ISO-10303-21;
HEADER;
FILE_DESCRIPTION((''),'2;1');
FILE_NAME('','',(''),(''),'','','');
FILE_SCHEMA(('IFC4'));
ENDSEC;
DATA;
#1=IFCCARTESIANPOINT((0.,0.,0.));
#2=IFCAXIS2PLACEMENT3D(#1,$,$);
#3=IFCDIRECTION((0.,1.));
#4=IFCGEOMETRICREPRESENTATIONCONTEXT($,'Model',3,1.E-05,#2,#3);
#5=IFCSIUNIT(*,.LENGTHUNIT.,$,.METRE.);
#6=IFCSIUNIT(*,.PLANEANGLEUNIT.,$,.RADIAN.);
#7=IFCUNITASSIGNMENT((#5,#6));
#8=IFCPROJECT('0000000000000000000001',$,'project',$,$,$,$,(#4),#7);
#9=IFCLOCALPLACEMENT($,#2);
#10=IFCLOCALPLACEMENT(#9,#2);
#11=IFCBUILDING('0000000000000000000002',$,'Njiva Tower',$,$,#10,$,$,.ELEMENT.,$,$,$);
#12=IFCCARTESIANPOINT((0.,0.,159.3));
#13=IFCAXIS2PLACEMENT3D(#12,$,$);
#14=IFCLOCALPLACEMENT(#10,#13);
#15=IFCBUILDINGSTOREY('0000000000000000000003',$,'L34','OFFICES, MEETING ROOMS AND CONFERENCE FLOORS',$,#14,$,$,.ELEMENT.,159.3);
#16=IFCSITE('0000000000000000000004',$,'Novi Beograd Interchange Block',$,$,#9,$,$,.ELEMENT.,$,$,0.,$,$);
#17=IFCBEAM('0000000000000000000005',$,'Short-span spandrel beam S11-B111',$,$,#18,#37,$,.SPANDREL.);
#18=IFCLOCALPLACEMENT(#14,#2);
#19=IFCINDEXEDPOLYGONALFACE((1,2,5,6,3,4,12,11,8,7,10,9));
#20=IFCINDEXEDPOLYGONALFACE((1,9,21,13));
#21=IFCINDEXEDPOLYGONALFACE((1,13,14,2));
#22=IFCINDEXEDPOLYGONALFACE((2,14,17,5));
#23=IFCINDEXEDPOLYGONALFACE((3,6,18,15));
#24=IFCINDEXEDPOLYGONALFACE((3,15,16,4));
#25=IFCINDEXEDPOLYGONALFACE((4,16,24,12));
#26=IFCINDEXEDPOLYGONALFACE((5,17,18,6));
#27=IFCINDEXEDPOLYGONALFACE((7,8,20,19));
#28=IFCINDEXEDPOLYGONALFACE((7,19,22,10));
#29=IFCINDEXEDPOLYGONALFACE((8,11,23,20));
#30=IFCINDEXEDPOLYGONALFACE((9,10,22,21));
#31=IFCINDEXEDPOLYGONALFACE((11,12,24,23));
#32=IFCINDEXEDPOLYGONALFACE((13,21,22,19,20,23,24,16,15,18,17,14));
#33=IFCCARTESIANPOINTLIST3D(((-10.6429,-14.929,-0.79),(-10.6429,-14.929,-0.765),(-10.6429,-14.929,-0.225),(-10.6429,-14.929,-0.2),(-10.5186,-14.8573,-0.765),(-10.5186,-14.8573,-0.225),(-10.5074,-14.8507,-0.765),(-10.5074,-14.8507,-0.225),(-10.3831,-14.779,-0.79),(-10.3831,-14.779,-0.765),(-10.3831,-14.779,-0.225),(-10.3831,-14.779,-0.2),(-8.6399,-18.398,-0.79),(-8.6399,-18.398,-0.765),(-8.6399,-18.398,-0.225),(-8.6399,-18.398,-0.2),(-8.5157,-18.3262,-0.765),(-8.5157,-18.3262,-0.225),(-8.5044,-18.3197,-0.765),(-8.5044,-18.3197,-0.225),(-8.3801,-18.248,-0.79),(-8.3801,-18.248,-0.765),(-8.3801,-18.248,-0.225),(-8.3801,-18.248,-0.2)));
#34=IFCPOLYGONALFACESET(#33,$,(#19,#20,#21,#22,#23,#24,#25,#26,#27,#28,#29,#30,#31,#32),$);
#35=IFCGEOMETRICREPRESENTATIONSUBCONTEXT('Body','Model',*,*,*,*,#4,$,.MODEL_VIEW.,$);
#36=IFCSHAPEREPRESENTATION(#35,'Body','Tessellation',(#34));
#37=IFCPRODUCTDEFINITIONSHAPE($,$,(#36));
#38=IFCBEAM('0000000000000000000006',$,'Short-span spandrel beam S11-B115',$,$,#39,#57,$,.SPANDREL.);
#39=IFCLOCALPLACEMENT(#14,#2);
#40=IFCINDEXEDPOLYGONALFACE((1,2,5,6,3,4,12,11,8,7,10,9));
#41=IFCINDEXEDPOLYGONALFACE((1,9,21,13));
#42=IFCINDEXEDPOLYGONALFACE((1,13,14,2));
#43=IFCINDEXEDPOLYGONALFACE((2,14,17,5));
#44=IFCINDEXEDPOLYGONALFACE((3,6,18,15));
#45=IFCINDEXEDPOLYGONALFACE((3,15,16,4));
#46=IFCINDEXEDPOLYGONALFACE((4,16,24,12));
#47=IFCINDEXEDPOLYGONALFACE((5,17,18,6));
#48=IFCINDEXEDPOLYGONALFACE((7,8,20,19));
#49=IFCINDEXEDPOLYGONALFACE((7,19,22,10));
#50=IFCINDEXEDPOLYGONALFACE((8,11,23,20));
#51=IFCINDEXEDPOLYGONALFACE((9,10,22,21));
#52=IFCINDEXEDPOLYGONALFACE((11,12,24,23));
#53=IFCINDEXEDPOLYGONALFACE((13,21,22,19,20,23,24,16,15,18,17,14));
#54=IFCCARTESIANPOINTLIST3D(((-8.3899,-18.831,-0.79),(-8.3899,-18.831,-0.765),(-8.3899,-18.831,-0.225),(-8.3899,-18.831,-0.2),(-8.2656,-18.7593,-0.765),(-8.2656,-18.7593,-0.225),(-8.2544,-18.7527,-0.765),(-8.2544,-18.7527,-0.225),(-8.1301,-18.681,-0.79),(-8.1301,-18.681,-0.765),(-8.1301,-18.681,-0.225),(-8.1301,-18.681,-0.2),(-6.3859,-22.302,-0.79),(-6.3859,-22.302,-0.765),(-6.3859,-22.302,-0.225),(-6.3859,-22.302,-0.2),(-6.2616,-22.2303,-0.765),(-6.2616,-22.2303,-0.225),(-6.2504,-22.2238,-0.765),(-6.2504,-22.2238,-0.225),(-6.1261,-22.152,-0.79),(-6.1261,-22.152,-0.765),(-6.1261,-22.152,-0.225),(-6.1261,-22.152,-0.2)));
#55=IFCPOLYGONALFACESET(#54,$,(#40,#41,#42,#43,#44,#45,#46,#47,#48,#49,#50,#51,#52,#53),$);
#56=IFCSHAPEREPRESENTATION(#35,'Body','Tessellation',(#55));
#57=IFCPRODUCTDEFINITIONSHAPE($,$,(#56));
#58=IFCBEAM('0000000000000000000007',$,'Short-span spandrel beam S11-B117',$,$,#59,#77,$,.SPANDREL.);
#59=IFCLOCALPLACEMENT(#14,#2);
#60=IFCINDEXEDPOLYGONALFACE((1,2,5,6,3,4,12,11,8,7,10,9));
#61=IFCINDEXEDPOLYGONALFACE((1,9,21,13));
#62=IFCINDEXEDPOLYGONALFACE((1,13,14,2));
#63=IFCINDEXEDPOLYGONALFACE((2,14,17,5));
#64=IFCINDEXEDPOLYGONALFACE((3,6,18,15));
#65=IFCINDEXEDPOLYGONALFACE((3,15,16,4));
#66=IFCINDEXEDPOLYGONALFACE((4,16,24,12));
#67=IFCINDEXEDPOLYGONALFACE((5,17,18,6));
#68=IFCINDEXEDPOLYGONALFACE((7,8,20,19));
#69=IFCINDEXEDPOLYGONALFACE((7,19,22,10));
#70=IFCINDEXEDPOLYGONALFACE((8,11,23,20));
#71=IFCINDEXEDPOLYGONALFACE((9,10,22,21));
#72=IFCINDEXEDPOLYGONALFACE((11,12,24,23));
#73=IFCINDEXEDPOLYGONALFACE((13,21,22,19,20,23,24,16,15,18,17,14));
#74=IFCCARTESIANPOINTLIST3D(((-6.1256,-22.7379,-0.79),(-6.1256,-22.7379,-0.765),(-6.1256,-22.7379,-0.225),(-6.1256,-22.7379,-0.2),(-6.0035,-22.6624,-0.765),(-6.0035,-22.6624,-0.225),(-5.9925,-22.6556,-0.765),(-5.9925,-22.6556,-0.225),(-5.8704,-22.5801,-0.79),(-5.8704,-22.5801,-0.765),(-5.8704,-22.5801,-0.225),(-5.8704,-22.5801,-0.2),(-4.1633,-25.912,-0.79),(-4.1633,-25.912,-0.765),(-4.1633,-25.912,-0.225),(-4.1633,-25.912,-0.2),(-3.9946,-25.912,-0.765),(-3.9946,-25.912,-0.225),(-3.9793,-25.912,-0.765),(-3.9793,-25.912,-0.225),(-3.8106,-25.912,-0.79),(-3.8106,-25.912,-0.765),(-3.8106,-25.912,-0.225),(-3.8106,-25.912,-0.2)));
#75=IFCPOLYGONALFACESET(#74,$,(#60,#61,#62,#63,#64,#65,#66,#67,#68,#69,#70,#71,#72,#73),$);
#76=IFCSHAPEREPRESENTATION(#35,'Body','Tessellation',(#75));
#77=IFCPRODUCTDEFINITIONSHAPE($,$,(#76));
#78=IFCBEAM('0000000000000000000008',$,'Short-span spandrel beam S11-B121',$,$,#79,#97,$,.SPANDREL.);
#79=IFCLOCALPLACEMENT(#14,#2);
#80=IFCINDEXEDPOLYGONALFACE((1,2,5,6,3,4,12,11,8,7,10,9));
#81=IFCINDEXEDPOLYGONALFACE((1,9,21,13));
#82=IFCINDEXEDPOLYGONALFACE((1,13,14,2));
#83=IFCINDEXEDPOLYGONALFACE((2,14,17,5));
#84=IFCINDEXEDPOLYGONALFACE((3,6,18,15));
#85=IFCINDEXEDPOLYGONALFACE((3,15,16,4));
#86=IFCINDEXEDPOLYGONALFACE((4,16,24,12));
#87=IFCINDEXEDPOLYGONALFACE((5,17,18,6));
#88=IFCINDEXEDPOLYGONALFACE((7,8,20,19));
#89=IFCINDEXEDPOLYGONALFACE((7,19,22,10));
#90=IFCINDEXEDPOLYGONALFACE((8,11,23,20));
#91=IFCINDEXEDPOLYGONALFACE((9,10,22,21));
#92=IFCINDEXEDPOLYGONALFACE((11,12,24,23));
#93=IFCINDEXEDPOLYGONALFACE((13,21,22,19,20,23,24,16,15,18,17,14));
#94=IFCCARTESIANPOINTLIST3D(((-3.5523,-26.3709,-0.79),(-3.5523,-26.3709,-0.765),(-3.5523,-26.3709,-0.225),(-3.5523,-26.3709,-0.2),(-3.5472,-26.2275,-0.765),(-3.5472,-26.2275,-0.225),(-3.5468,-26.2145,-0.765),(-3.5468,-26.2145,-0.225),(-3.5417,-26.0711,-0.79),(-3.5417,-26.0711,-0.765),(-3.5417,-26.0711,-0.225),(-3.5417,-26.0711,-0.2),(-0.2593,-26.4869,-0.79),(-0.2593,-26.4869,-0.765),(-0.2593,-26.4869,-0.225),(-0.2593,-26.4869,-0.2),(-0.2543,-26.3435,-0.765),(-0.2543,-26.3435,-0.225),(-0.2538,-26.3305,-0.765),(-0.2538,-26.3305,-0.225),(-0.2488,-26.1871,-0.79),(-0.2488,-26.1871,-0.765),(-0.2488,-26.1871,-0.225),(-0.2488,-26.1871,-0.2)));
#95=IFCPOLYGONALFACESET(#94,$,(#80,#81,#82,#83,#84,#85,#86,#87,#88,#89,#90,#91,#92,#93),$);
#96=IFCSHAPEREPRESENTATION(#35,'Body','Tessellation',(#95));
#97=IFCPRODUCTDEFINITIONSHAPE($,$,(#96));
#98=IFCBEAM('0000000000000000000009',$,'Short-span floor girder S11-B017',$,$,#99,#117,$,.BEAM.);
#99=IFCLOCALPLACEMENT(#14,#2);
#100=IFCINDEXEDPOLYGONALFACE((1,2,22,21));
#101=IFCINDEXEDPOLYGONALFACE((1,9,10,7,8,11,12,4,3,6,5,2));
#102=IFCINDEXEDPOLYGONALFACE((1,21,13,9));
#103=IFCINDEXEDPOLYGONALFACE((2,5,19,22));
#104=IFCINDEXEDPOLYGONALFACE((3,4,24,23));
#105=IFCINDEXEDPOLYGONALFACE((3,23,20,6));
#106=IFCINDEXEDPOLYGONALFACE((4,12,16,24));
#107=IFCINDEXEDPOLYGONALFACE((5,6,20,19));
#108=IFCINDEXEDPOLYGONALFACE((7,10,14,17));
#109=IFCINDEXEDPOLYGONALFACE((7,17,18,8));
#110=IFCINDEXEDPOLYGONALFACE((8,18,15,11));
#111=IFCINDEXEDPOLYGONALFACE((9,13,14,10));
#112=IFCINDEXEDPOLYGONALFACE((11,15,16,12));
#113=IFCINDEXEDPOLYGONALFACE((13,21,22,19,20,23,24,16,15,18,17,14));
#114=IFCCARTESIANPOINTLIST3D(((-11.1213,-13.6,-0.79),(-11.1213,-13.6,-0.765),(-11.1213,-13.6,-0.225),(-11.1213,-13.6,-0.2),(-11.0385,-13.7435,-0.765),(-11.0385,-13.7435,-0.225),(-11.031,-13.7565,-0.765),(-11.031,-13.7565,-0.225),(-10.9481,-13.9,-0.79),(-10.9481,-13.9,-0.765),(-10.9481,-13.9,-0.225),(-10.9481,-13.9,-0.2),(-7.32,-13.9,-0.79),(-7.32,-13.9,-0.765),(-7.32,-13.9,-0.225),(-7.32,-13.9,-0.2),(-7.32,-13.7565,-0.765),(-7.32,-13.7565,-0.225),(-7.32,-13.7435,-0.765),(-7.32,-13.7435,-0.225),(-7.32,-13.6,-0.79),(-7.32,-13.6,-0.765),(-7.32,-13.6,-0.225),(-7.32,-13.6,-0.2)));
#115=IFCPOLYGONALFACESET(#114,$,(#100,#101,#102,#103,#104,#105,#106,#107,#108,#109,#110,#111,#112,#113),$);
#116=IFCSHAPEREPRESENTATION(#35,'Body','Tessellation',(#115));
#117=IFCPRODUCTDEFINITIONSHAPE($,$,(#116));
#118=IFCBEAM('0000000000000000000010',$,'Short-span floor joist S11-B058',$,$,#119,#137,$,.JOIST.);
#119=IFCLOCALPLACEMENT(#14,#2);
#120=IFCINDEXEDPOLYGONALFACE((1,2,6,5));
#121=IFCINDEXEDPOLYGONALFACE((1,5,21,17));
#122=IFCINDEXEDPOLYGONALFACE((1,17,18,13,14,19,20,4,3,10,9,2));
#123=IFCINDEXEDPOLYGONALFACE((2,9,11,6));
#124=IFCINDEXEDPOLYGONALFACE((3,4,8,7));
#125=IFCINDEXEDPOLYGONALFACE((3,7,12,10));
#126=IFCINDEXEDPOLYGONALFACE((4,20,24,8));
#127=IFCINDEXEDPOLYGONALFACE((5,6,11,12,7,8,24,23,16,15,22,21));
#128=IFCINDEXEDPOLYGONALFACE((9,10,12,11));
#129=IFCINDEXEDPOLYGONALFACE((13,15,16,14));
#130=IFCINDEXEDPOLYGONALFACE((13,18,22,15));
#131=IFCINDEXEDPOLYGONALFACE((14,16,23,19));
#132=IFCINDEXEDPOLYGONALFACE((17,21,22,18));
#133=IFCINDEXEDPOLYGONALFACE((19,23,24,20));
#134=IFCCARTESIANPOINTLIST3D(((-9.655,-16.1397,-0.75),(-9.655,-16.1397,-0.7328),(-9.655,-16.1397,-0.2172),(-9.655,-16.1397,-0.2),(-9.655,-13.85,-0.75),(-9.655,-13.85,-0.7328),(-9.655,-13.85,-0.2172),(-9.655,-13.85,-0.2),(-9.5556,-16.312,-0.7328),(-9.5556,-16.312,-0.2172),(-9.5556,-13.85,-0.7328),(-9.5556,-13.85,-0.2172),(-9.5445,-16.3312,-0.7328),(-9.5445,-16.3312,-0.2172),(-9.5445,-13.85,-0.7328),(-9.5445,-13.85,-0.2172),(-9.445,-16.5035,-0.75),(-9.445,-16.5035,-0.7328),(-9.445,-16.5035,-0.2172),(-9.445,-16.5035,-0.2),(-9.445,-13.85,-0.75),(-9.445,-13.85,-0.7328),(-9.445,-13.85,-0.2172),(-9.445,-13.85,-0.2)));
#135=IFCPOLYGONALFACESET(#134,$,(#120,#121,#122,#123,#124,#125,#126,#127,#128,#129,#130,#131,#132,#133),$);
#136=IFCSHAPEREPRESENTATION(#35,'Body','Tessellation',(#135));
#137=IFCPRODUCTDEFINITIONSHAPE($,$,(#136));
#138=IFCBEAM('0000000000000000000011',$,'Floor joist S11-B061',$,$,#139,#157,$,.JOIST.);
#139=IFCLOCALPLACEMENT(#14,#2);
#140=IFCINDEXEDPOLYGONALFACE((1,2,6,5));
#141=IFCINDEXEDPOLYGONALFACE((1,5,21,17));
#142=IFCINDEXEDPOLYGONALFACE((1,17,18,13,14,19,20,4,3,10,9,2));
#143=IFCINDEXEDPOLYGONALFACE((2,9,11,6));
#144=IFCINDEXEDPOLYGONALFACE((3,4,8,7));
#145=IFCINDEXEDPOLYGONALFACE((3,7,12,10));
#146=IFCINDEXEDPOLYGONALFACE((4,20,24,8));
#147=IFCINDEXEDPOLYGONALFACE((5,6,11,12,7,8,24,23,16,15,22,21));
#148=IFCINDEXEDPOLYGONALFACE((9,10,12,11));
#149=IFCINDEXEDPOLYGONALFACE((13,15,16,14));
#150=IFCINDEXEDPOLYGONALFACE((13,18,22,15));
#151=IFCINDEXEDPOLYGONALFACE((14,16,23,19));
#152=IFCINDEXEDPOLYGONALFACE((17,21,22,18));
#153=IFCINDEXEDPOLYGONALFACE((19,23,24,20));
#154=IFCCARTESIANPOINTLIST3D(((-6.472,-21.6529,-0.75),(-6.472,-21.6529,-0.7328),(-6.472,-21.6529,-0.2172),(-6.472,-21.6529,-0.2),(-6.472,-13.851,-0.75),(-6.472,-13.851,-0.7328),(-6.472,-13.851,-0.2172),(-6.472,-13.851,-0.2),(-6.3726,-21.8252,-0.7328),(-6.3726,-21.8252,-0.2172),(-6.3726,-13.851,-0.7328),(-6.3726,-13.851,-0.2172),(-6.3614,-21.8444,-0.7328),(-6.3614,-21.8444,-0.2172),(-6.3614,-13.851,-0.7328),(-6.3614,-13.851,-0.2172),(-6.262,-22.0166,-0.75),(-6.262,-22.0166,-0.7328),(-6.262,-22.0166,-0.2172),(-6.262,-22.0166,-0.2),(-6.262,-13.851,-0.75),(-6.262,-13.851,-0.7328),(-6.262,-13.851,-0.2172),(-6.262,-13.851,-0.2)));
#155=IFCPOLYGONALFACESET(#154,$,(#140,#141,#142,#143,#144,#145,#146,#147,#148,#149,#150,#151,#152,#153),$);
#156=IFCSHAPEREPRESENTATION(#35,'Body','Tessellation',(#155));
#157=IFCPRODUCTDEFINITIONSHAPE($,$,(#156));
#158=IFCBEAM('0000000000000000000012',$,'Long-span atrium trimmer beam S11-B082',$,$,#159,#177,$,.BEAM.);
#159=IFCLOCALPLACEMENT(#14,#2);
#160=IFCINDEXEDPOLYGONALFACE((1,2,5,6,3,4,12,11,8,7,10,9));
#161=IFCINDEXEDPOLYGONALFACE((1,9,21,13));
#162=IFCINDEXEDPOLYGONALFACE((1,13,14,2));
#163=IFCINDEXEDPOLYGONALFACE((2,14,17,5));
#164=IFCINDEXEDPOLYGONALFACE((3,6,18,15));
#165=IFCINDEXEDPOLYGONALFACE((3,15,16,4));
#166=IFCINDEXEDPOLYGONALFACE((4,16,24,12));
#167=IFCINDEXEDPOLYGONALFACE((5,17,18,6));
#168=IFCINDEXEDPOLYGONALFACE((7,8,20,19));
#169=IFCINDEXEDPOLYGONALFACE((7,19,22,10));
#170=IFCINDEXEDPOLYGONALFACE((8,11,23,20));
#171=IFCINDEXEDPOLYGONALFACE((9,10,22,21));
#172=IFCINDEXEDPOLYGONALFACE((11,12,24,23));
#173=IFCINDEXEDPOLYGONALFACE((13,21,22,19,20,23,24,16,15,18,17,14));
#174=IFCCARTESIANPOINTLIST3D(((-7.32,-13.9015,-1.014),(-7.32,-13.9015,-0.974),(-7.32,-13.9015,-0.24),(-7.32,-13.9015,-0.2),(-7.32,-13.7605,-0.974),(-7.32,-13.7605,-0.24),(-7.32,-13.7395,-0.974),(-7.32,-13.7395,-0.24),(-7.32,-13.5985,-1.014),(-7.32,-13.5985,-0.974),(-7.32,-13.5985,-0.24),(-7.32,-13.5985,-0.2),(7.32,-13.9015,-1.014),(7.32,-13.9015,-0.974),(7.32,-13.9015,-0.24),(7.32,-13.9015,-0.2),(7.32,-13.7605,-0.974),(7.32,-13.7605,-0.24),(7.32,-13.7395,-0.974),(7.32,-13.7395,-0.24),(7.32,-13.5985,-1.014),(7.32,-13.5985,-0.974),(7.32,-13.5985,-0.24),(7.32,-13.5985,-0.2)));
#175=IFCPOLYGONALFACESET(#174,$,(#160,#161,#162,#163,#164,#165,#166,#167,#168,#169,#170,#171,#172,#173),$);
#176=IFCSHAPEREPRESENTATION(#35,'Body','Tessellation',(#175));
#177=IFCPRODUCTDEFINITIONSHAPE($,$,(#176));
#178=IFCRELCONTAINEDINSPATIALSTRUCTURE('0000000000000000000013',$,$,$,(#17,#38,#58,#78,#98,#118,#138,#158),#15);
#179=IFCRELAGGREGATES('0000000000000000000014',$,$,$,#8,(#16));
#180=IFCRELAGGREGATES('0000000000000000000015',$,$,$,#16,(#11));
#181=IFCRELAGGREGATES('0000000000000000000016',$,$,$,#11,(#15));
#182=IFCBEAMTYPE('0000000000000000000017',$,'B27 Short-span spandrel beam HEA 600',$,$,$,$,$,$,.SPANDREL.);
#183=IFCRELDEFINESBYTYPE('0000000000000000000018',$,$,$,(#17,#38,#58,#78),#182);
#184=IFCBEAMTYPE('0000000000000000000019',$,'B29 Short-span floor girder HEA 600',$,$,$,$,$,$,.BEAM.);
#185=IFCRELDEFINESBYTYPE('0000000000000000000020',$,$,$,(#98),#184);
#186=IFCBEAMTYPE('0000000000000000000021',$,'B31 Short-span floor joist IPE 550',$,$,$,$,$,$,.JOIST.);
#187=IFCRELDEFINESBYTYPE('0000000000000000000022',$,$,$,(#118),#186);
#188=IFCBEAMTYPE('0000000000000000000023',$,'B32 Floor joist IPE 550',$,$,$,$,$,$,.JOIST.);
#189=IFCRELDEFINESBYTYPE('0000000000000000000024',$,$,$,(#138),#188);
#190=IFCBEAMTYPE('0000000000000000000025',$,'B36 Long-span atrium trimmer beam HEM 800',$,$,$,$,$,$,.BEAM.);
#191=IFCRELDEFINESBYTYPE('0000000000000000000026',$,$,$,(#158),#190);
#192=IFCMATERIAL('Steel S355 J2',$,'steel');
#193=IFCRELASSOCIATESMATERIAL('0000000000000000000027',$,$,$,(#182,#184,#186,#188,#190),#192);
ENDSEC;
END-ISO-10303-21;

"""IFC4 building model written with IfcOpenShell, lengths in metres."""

from ifc_helpers import new_model, si_unit, direction, frame, origin, origin_2d, place, context, subcontext, project, spatial, i_section, extrude, clip, halfspace, material, material_profile, profile_set, type_object, element, save


model = new_model("IFC4")

# Units and contexts
model_context = context("Model", 3, precision=1e-05, world=origin(), true_north=direction((0.0, 1.0)))
body_context = subcontext(model_context, "Body", "Model", "MODEL_VIEW")
ifc_project = project(units=[si_unit("LENGTHUNIT", "METRE"), si_unit("PLANEANGLEUNIT", "RADIAN")], contexts=[model_context])

# Site, building, storey
site_placement = place(None, origin())
site = spatial("IfcSite", under=ifc_project, at=site_placement, Name="Novi Beograd Interchange Block", CompositionType="ELEMENT", RefElevation=0.0)
building_placement = place(site_placement, origin())
building = spatial("IfcBuilding", under=site, at=building_placement, Name="Njiva Tower", CompositionType="ELEMENT")
storey_placement = place(building_placement, frame((0.0, 0.0, 159.3)))
storey = spatial("IfcBuildingStorey", under=building, at=storey_placement, Name="L34", Description="OFFICES, MEETING ROOMS AND CONFERENCE FLOORS", CompositionType="ELEMENT", Elevation=159.3)

# Shared definitions
ifc_material_1 = material(Name="Steel S355 J2", Category="steel")

# Beams
ifc_material_profile_1 = material_profile(ifc_material_1, i_section(OverallWidth=0.3, OverallDepth=0.59, WebThickness=0.013, FlangeThickness=0.025, at=origin_2d()), Name="HEA 600")
ifc_profile_set_1 = profile_set([ifc_material_profile_1], Name="Steel S355 J2")
beam_type_1 = type_object("IfcBeamType", Name="B27 Short-span spandrel beam HEA 600", PredefinedType="SPANDREL", material=ifc_profile_set_1)
beam_1_placement = place(storey_placement, frame((-10.513, -14.854, -0.495), z_axis=(0.500032, -0.866007, 0.0), x_axis=(0.866007, 0.500032, 0.0)))
element("IfcBeam", 1, at=beam_1_placement, inside=storey, type_object=beam_type_1, Name="Short-span spandrel beam S11-B111", PredefinedType="SPANDREL", context=body_context, shape_type="SweptSolid", body=[
    extrude(i_section(OverallWidth=0.3, OverallDepth=0.59, WebThickness=0.013, FlangeThickness=0.025, at=origin_2d()), origin(), (0.0, 0.0, 1.0), 4.0057),
])
beam_2_placement = place(storey_placement, frame((-8.26, -18.756, -0.495), z_axis=(0.500003, -0.866024, 0.0), x_axis=(0.866024, 0.500003, 0.0)))
element("IfcBeam", 2, at=beam_2_placement, inside=storey, type_object=beam_type_1, Name="Short-span spandrel beam S11-B115", PredefinedType="SPANDREL", context=body_context, shape_type="SweptSolid", body=[
    extrude(i_section(OverallWidth=0.3, OverallDepth=0.59, WebThickness=0.013, FlangeThickness=0.025, at=origin_2d()), origin(), (0.0, 0.0, 1.0), 4.008),
])
beam_3_placement = place(storey_placement, frame((-5.998, -22.659, -0.495), z_axis=(0.525832, -0.850588, 0.0), x_axis=(0.850588, 0.525832, 0.0)))
element("IfcBeam", 3, at=beam_3_placement, inside=storey, type_object=beam_type_1, Name="Short-span spandrel beam S11-B117", PredefinedType="SPANDREL", context=body_context, shape_type="Clipping", body=[
    clip(extrude(i_section(OverallWidth=0.3, OverallDepth=0.59, WebThickness=0.013, FlangeThickness=0.025, at=origin_2d()), origin(), (0.0, 0.0, 1.0), 3.9374), halfspace(frame((-0.0263, 0.0, 3.8082), z_axis=(-0.525832, 0.0, 0.850588), x_axis=(0.0, 1.0, 0.0)), False)),
])
beam_4_placement = place(storey_placement, frame((-3.547, -26.221, -0.495), z_axis=(0.99938, -0.035204, 0.0), x_axis=(0.035204, 0.99938, 0.0)))
element("IfcBeam", 4, at=beam_4_placement, inside=storey, type_object=beam_type_1, Name="Short-span spandrel beam S11-B121", PredefinedType="SPANDREL", context=body_context, shape_type="SweptSolid", body=[
    extrude(i_section(OverallWidth=0.3, OverallDepth=0.59, WebThickness=0.013, FlangeThickness=0.025, at=origin_2d()), origin(), (0.0, 0.0, 1.0), 3.295),
])
ifc_material_profile_2 = material_profile(ifc_material_1, i_section(OverallWidth=0.3, OverallDepth=0.59, WebThickness=0.013, FlangeThickness=0.025, at=origin_2d()), Name="HEA 600")
ifc_profile_set_2 = profile_set([ifc_material_profile_2], Name="Steel S355 J2")
beam_type_2 = type_object("IfcBeamType", Name="B29 Short-span floor girder HEA 600", PredefinedType="BEAM", material=ifc_profile_set_2)
beam_5_placement = place(storey_placement, frame((-11.142, -13.75, -0.495), z_axis=(1.0, 0.0, 0.0), x_axis=(0.0, 1.0, 0.0)))
element("IfcBeam", 5, at=beam_5_placement, inside=storey, type_object=beam_type_2, Name="Short-span floor girder S11-B017", PredefinedType="BEAM", context=body_context, shape_type="Clipping", body=[
    clip(extrude(i_section(OverallWidth=0.3, OverallDepth=0.59, WebThickness=0.013, FlangeThickness=0.025, at=origin_2d()), origin(), (0.0, 0.0, 1.0), 3.822), halfspace(frame((-0.025, 0.0, 0.1217), z_axis=(-0.499998, 0.0, -0.866027), x_axis=(0.0, -1.0, 0.0)), False)),
])
ifc_material_profile_3 = material_profile(ifc_material_1, i_section(OverallWidth=0.21, OverallDepth=0.55, WebThickness=0.0111, FlangeThickness=0.0172, at=origin_2d()), Name="IPE 550")
ifc_profile_set_3 = profile_set([ifc_material_profile_3], Name="Steel S355 J2")
beam_type_3 = type_object("IfcBeamType", Name="B31 Short-span floor joist IPE 550", PredefinedType="JOIST", material=ifc_profile_set_3)
beam_6_placement = place(storey_placement, frame((-9.55, -13.85, -0.475), z_axis=(0.0, -1.0, 0.0), x_axis=(1.0, 0.0, 0.0)))
element("IfcBeam", 6, at=beam_6_placement, inside=storey, type_object=beam_type_3, Name="Short-span floor joist S11-B058", PredefinedType="JOIST", context=body_context, shape_type="Clipping", body=[
    clip(extrude(i_section(OverallWidth=0.21, OverallDepth=0.55, WebThickness=0.0111, FlangeThickness=0.0172, at=origin_2d()), origin(), (0.0, 0.0, 1.0), 2.674), halfspace(frame((-0.0433, 0.0, 2.3966), z_axis=(-0.866027, 0.0, 0.499998), x_axis=(0.0, 1.0, 0.0)), False)),
])
ifc_material_profile_4 = material_profile(ifc_material_1, i_section(OverallWidth=0.21, OverallDepth=0.55, WebThickness=0.0111, FlangeThickness=0.0172, at=origin_2d()), Name="IPE 550")
ifc_profile_set_4 = profile_set([ifc_material_profile_4], Name="Steel S355 J2")
beam_type_4 = type_object("IfcBeamType", Name="B32 Floor joist IPE 550", PredefinedType="JOIST", material=ifc_profile_set_4)
beam_7_placement = place(storey_placement, frame((-6.367, -13.851, -0.475), z_axis=(0.0, -1.0, 0.0), x_axis=(1.0, 0.0, 0.0)))
element("IfcBeam", 7, at=beam_7_placement, inside=storey, type_object=beam_type_4, Name="Floor joist S11-B061", PredefinedType="JOIST", context=body_context, shape_type="Clipping", body=[
    clip(extrude(i_section(OverallWidth=0.21, OverallDepth=0.55, WebThickness=0.0111, FlangeThickness=0.0172, at=origin_2d()), origin(), (0.0, 0.0, 1.0), 8.186), halfspace(frame((-0.043, 0.0, 7.9093), z_axis=(-0.866027, 0.0, 0.499998), x_axis=(0.0, 1.0, 0.0)), False)),
])
ifc_material_profile_5 = material_profile(ifc_material_1, i_section(OverallWidth=0.303, OverallDepth=0.814, WebThickness=0.021, FlangeThickness=0.04, at=origin_2d()), Name="HEM 800")
ifc_profile_set_5 = profile_set([ifc_material_profile_5], Name="Steel S355 J2")
beam_type_5 = type_object("IfcBeamType", Name="B36 Long-span atrium trimmer beam HEM 800", PredefinedType="BEAM", material=ifc_profile_set_5)
beam_8_placement = place(storey_placement, frame((-7.32, -13.75, -0.607), z_axis=(1.0, 0.0, 0.0), x_axis=(0.0, 1.0, 0.0)))
element("IfcBeam", 8, at=beam_8_placement, inside=storey, type_object=beam_type_5, Name="Long-span atrium trimmer beam S11-B082", PredefinedType="BEAM", context=body_context, shape_type="SweptSolid", body=[
    extrude(i_section(OverallWidth=0.303, OverallDepth=0.814, WebThickness=0.021, FlangeThickness=0.04, at=origin_2d()), origin(), (0.0, 0.0, 1.0), 14.64),
])

save(model, "model.ifc")
